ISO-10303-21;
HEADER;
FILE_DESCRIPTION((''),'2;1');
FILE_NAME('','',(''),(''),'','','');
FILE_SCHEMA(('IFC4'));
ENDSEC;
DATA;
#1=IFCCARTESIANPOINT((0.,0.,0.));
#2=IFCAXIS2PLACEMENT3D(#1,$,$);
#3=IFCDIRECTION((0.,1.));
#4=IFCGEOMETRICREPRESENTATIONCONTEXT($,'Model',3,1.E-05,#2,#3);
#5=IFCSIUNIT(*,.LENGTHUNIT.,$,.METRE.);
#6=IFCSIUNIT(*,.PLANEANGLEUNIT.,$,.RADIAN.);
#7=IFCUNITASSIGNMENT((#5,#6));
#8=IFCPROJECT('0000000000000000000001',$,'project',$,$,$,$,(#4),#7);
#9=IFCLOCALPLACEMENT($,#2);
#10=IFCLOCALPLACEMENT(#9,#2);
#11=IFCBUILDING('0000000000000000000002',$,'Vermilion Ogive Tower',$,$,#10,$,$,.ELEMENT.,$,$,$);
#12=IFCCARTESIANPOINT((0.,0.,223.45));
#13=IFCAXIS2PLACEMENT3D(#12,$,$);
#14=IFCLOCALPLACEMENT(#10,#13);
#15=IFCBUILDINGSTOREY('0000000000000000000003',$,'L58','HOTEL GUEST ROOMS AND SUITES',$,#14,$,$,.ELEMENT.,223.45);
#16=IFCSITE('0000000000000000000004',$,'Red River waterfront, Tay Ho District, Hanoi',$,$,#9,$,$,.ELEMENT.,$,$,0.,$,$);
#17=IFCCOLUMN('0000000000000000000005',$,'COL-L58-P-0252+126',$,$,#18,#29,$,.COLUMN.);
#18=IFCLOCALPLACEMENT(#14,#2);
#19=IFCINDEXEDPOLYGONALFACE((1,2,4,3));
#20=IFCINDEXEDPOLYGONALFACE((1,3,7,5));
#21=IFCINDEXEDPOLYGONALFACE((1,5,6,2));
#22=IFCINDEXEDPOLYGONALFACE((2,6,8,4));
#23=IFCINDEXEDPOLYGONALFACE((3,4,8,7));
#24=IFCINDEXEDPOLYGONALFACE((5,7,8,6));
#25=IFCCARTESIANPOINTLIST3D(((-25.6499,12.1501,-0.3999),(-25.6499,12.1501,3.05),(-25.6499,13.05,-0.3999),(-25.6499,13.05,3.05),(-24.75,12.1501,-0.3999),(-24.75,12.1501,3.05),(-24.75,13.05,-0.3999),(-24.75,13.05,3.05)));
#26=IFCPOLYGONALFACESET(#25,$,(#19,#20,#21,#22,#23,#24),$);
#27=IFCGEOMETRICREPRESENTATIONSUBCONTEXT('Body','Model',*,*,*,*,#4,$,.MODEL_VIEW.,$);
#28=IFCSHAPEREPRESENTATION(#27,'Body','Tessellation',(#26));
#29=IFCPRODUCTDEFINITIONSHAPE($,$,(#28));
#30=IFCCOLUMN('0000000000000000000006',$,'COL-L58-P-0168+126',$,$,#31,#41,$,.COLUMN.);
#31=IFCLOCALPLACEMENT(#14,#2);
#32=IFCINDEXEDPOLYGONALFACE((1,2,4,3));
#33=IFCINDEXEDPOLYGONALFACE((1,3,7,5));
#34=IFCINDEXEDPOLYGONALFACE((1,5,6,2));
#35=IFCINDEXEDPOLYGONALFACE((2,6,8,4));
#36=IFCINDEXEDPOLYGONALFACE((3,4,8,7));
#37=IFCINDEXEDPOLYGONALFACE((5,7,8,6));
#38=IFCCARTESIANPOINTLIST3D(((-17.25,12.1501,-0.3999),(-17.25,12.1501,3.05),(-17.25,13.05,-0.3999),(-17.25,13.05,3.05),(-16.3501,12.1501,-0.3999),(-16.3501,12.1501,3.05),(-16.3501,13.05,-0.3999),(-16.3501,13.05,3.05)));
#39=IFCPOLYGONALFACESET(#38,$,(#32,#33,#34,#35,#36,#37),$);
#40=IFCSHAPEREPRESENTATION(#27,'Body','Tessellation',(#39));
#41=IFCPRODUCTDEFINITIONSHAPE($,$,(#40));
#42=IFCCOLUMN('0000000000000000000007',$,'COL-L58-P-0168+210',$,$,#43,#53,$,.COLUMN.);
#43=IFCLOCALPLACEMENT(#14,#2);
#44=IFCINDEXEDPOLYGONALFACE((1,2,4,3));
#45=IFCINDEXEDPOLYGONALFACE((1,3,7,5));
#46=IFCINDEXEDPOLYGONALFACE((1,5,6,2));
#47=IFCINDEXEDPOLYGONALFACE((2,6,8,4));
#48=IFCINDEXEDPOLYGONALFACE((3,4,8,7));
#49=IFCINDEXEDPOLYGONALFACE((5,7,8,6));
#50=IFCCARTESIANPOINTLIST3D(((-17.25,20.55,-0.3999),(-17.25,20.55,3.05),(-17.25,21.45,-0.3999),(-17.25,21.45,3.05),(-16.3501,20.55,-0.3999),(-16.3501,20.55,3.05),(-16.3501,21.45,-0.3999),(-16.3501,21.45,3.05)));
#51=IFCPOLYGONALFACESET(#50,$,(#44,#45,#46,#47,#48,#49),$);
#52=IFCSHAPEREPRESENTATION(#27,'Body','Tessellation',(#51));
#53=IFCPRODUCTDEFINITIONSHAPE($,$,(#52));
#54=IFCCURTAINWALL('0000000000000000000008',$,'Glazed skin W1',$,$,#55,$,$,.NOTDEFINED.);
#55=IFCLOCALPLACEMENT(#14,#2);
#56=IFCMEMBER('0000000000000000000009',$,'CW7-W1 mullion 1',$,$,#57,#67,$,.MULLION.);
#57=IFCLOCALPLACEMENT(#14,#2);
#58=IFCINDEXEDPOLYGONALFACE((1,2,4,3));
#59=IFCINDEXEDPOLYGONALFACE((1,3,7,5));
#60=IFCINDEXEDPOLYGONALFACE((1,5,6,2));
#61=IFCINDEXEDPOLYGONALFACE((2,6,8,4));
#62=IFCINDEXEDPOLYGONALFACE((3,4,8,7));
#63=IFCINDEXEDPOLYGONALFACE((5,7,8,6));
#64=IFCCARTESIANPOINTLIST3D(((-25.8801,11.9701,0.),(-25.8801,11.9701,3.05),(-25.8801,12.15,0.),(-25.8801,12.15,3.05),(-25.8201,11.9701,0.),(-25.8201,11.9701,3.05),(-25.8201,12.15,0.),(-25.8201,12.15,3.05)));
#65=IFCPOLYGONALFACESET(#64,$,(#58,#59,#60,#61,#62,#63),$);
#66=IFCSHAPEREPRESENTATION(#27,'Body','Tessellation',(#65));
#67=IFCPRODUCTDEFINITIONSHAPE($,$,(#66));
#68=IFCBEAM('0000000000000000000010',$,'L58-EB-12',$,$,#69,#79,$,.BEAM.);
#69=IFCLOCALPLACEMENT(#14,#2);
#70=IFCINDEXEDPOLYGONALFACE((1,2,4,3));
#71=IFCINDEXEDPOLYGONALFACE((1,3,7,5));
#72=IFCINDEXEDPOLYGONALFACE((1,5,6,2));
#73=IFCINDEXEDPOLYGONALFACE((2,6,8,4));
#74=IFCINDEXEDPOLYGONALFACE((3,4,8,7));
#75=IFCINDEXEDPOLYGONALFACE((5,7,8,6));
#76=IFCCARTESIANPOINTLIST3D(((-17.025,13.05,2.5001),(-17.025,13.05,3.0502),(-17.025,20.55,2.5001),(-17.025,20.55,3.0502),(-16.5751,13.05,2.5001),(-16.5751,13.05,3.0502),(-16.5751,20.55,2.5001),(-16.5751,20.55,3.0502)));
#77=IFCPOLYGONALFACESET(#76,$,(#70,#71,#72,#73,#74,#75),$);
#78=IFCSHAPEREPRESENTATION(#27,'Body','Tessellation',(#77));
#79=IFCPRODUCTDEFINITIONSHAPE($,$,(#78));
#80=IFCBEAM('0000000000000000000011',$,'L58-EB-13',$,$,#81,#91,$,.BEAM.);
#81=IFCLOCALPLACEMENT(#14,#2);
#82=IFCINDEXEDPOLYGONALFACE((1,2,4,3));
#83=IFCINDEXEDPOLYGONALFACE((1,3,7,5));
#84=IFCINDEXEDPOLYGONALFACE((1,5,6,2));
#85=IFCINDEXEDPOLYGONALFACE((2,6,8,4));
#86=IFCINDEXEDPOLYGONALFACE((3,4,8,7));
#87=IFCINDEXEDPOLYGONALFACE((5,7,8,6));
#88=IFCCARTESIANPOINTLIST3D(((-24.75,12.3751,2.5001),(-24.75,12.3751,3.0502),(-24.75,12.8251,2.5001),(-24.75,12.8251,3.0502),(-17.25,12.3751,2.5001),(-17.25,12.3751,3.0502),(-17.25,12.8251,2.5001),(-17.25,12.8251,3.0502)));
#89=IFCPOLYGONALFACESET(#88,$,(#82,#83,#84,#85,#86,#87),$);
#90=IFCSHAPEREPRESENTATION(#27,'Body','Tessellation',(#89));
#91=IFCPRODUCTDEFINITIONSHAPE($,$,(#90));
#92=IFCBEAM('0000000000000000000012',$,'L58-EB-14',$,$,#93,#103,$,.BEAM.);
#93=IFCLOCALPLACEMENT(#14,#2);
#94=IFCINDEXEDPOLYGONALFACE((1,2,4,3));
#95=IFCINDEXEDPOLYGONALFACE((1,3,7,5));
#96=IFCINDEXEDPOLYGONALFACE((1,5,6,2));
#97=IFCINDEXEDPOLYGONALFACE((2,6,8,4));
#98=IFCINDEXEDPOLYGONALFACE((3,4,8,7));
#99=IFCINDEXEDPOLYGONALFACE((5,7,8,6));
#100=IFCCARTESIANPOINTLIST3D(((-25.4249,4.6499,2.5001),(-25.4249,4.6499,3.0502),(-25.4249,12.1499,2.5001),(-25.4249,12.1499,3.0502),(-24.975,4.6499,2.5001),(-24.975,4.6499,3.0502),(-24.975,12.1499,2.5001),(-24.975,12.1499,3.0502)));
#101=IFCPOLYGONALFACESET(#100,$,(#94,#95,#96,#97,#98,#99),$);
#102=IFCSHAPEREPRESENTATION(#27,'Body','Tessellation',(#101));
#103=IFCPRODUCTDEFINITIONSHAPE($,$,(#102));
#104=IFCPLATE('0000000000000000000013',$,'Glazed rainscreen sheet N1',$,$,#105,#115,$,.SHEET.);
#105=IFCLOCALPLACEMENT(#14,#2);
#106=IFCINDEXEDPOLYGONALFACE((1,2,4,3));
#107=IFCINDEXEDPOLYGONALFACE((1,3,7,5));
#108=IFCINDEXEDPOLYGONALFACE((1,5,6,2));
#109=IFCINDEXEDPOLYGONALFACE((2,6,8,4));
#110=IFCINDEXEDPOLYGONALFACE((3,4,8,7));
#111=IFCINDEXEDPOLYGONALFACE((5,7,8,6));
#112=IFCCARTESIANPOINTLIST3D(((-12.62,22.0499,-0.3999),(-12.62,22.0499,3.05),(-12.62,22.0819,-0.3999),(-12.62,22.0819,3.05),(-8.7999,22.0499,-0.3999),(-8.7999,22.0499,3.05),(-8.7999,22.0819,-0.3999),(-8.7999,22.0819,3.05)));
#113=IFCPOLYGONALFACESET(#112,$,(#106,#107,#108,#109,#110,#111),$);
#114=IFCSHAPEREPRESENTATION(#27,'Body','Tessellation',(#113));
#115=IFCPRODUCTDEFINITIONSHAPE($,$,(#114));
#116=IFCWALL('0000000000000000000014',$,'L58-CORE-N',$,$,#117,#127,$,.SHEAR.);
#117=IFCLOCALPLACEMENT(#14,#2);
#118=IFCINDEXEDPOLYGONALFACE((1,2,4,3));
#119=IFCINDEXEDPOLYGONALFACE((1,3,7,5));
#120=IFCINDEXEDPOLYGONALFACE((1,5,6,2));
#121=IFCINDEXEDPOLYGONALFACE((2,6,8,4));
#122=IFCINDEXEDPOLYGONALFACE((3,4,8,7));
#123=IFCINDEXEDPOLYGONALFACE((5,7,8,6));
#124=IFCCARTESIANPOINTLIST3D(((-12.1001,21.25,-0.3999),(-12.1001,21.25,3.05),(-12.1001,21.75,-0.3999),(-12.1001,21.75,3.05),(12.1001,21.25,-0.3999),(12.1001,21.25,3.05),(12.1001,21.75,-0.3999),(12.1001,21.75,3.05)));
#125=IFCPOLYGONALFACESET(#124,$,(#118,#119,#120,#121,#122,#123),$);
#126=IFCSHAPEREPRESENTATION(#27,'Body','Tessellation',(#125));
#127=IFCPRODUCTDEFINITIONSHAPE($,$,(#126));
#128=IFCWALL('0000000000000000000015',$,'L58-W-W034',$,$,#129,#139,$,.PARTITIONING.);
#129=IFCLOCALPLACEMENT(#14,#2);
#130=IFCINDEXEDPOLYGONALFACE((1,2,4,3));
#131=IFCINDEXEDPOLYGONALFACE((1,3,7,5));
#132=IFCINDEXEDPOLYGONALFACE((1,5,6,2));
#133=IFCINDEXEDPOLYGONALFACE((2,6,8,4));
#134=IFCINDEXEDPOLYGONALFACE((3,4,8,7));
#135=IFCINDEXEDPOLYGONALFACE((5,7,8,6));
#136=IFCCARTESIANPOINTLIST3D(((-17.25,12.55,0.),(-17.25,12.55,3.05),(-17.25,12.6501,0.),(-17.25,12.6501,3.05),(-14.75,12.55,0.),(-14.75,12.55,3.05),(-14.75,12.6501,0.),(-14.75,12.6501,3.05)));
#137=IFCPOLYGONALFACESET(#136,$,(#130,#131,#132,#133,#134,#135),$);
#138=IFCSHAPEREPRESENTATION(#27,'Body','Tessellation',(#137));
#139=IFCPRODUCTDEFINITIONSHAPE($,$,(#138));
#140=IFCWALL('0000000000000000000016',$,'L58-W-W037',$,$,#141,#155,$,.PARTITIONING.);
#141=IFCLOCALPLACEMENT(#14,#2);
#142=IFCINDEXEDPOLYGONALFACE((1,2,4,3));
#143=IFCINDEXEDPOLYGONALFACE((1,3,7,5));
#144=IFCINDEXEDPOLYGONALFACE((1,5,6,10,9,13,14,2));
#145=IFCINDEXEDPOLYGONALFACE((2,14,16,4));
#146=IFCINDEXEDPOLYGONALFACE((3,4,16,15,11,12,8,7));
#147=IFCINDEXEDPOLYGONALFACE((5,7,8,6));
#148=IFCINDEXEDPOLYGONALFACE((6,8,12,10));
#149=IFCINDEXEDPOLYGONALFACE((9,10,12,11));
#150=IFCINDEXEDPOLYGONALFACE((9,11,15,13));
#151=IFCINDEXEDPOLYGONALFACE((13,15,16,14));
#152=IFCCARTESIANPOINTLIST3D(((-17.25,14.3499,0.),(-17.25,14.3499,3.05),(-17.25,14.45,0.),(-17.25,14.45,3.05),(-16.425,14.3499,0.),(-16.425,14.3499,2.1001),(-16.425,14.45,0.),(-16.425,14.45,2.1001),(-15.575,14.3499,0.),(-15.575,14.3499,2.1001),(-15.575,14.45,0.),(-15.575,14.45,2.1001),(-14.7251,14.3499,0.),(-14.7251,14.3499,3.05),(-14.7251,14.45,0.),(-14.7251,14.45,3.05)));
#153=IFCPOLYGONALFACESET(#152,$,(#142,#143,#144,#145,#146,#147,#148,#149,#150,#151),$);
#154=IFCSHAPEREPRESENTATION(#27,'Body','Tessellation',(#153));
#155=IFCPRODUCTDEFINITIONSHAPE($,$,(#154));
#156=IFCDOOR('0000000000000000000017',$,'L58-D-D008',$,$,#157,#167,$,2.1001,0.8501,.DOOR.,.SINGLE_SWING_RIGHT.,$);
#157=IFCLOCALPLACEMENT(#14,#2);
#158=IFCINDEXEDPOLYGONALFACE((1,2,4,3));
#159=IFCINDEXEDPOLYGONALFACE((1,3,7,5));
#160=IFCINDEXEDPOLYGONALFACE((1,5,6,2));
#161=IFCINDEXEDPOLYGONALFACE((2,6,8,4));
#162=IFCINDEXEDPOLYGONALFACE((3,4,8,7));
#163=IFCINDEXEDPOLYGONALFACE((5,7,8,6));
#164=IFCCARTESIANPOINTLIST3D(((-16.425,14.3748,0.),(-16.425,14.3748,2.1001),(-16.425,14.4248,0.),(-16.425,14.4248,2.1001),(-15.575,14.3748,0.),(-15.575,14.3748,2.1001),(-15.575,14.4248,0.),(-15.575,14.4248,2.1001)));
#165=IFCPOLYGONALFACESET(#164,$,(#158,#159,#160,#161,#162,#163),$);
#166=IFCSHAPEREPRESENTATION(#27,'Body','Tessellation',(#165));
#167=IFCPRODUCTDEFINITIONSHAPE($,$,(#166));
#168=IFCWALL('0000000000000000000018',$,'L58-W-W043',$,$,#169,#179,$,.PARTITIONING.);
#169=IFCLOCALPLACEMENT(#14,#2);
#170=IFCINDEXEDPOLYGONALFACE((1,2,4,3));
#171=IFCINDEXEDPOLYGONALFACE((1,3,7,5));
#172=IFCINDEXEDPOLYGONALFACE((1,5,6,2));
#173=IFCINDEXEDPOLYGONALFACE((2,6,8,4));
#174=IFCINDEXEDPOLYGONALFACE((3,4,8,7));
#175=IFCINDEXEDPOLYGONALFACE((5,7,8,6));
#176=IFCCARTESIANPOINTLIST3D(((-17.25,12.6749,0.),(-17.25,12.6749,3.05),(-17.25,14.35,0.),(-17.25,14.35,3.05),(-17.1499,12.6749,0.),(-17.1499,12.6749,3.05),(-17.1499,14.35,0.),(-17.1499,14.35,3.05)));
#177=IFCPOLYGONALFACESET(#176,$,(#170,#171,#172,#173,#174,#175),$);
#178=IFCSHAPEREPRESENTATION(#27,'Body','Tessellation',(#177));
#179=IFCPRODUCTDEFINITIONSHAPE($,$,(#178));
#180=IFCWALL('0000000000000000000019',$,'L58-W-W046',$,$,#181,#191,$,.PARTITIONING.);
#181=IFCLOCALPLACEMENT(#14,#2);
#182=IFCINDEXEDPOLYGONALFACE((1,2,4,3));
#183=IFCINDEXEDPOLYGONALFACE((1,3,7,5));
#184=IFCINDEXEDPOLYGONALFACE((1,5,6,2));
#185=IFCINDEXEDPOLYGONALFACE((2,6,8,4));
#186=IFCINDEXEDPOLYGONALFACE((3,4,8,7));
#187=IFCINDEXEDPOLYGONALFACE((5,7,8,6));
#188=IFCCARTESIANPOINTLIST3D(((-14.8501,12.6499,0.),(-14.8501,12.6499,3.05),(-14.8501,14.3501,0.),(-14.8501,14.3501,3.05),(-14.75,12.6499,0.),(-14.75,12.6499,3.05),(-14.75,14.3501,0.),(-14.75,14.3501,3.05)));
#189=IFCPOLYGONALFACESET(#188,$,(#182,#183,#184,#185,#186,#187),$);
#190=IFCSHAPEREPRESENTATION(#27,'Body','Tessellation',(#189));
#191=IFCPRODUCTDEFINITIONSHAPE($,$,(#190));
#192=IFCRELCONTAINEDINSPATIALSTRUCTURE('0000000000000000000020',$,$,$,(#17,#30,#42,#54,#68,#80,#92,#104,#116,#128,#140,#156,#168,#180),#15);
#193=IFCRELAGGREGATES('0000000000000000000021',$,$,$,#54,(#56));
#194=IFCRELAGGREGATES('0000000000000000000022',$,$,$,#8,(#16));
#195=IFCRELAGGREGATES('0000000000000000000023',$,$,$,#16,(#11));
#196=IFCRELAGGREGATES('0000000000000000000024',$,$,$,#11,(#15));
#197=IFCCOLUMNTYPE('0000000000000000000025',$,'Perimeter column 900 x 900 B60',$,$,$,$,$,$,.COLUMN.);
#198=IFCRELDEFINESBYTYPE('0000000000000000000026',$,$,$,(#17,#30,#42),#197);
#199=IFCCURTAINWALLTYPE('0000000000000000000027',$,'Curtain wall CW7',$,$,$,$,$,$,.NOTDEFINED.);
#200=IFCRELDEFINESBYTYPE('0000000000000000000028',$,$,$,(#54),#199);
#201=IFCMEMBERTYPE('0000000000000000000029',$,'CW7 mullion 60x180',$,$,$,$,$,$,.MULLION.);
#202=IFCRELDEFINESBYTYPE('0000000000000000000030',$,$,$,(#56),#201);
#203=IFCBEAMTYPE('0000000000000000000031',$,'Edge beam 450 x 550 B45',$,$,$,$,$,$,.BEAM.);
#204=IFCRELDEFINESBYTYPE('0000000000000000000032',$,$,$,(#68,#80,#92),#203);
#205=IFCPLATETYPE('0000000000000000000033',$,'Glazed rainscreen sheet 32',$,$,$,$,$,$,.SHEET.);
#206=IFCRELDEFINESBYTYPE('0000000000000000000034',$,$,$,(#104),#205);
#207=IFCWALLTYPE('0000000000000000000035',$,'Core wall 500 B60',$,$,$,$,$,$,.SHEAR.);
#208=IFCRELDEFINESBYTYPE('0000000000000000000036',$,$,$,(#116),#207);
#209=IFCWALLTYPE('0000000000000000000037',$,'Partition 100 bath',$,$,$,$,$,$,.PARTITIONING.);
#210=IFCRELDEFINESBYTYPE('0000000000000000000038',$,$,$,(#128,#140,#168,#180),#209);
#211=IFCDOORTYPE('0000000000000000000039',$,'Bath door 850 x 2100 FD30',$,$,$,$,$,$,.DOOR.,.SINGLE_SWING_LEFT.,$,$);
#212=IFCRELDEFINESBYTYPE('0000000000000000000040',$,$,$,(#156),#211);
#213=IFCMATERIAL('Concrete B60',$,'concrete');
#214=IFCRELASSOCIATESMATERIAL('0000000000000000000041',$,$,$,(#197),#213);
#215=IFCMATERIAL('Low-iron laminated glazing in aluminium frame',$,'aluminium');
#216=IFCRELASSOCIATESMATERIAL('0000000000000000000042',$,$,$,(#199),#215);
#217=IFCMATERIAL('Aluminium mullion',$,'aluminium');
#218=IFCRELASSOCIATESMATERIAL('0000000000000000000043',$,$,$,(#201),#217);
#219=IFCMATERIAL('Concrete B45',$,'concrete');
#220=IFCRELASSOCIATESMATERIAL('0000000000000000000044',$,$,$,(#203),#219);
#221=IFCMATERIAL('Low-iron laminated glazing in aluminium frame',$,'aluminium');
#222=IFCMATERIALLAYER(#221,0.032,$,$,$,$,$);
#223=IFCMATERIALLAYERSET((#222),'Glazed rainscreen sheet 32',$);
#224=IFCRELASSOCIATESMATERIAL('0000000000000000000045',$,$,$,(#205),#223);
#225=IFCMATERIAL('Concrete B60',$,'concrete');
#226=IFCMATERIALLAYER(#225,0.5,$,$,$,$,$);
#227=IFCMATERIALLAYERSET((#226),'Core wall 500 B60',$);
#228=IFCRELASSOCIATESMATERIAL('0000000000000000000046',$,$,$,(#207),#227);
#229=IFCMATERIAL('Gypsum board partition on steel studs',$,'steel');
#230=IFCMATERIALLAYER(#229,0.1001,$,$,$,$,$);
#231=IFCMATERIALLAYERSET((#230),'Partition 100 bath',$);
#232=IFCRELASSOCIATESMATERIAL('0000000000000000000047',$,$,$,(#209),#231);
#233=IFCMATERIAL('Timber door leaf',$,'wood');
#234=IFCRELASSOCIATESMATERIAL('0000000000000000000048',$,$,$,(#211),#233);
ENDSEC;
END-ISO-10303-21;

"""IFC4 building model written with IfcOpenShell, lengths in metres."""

from ifc_helpers import new_model, si_unit, direction, frame, frame_2d, origin, origin_2d, place, context, subcontext, project, spatial, rectangle, extrude, material, layer, layer_set, material_profile, profile_set, type_object, element, fill, aggregate, save


model = new_model("IFC4")

# Units and contexts
model_context = context("Model", 3, precision=1e-05, world=origin(), true_north=direction((0.0, 1.0)))
body_context = subcontext(model_context, "Body", "Model", "MODEL_VIEW")
ifc_project = project(units=[si_unit("LENGTHUNIT", "METRE"), si_unit("PLANEANGLEUNIT", "RADIAN")], contexts=[model_context])

# Site, building, storey
site_placement = place(None, origin())
site = spatial("IfcSite", under=ifc_project, at=site_placement, Name="Red River waterfront, Tay Ho District, Hanoi", CompositionType="ELEMENT", RefElevation=0.0)
building_placement = place(site_placement, origin())
building = spatial("IfcBuilding", under=site, at=building_placement, Name="Vermilion Ogive Tower", CompositionType="ELEMENT")
storey_placement = place(building_placement, frame((0.0, 0.0, 223.45)))
storey = spatial("IfcBuildingStorey", under=building, at=storey_placement, Name="L58", Description="HOTEL GUEST ROOMS AND SUITES", CompositionType="ELEMENT", Elevation=223.45)

# Columns
ifc_material_1 = material(Name="Concrete B60", Category="concrete")
ifc_material_profile_1 = material_profile(ifc_material_1, rectangle(XDim=0.8999, YDim=0.8999, at=origin_2d()), Name="900 x 900")
ifc_profile_set_1 = profile_set([ifc_material_profile_1], Name="Concrete B60")
column_type = type_object("IfcColumnType", Name="Perimeter column 900 x 900 B60", PredefinedType="COLUMN", material=ifc_profile_set_1)
for number, where, z_axis, x_axis, name in (
    (1, (-25.2, 12.6001, -0.3999), (0.0, 0.0, 1.0), (1.0, 0.0, 0.0), "COL-L58-P-0252+126"),
    (2, (-16.8, 12.6001, -0.3999), (0.0, 0.0, 1.0), (1.0, 0.0, 0.0), "COL-L58-P-0168+126"),
    (3, (-16.8, 21.0, -0.3999), (0.0, 0.0, 1.0), (1.0, 0.0, 0.0), "COL-L58-P-0168+210"),
):
    element("IfcColumn", number, at=place(storey_placement, frame(where, z_axis=z_axis, x_axis=x_axis)), inside=storey, type_object=column_type, Name=name, PredefinedType="COLUMN", context=body_context, shape_type="SweptSolid", body=[
        extrude(rectangle(XDim=0.8999, YDim=0.8999, at=origin_2d()), origin(), (0.0, 0.0, 1.0), 3.45),
    ])

# Curtain wall, member
ifc_material_2 = material(Name="Low-iron laminated glazing in aluminium frame", Category="aluminium")
curtain_wall_type = type_object("IfcCurtainWallType", Name="Curtain wall CW7", PredefinedType="NOTDEFINED", material=ifc_material_2)
curtain_wall_placement = place(storey_placement, origin())
curtain_wall = element("IfcCurtainWall", 4, at=curtain_wall_placement, inside=storey, type_object=curtain_wall_type, Name="Glazed skin W1", PredefinedType="NOTDEFINED")
ifc_material_3 = material(Name="Aluminium mullion", Category="aluminium")
ifc_material_profile_2 = material_profile(ifc_material_3, rectangle(XDim=0.0601, YDim=0.1799, at=origin_2d()), Name="AL 60x180")
ifc_profile_set_2 = profile_set([ifc_material_profile_2], Name="Aluminium mullion")
member_type = type_object("IfcMemberType", Name="CW7 mullion 60x180", PredefinedType="MULLION", material=ifc_profile_set_2)
member_placement = place(storey_placement, frame((-25.8501, 12.0601, 0.0), z_axis=(0.0, 0.0, 1.0), x_axis=(1.0, 0.0, 0.0)))
member = element("IfcMember", 5, at=member_placement, type_object=member_type, Name="CW7-W1 mullion 1", PredefinedType="MULLION", context=body_context, shape_type="SweptSolid", body=[
    extrude(rectangle(XDim=0.0601, YDim=0.1799, at=origin_2d()), origin(), (0.0, 0.0, 1.0), 3.05),
])
aggregate(curtain_wall, [member])

# Beams
ifc_material_4 = material(Name="Concrete B45", Category="concrete")
ifc_material_profile_3 = material_profile(ifc_material_4, rectangle(XDim=0.45, YDim=0.55, at=origin_2d()), Name="450 x 550")
ifc_profile_set_3 = profile_set([ifc_material_profile_3], Name="Concrete B45")
beam_type = type_object("IfcBeamType", Name="Edge beam 450 x 550 B45", PredefinedType="BEAM", material=ifc_profile_set_3)
for number, where, z_axis, x_axis, name in (
    (6, (-16.8, 20.55, 2.7751), (0.0, -1.0, 0.0), (1.0, 0.0, 0.0), "L58-EB-12"),
    (7, (-17.25, 12.6001, 2.7751), (-1.0, 0.0, 0.0), (0.0, -1.0, 0.0), "L58-EB-13"),
    (8, (-25.2, 12.1499, 2.7751), (0.0, -1.0, 0.0), (1.0, 0.0, 0.0), "L58-EB-14"),
):
    element("IfcBeam", number, at=place(storey_placement, frame(where, z_axis=z_axis, x_axis=x_axis)), inside=storey, type_object=beam_type, Name=name, PredefinedType="BEAM", context=body_context, shape_type="SweptSolid", body=[
        extrude(rectangle(XDim=0.45, YDim=0.55, at=origin_2d()), origin(), (0.0, 0.0, 1.0), 7.5),
    ])

# Plate
ifc_material_5 = material(Name="Low-iron laminated glazing in aluminium frame", Category="aluminium")
ifc_layer_1 = layer(ifc_material_5, 0.032)
ifc_layer_set_1 = layer_set([ifc_layer_1], Name="Glazed rainscreen sheet 32")
plate_type = type_object("IfcPlateType", Name="Glazed rainscreen sheet 32", PredefinedType="SHEET", material=ifc_layer_set_1)
plate_placement = place(storey_placement, frame((-10.71, 22.0659, -0.3999), z_axis=(0.0, 0.0, 1.0), x_axis=(1.0, 0.0, 0.0)))
element("IfcPlate", 9, at=plate_placement, inside=storey, type_object=plate_type, Name="Glazed rainscreen sheet N1", PredefinedType="SHEET", context=body_context, shape_type="SweptSolid", body=[
    extrude(rectangle(XDim=3.8201, YDim=0.032, at=origin_2d()), origin(), (0.0, 0.0, 1.0), 3.45),
])

# Walls
ifc_material_6 = material(Name="Concrete B60", Category="concrete")
ifc_layer_2 = layer(ifc_material_6, 0.5)
ifc_layer_set_2 = layer_set([ifc_layer_2], Name="Core wall 500 B60")
wall_type_1 = type_object("IfcWallType", Name="Core wall 500 B60", PredefinedType="SHEAR", material=ifc_layer_set_2)
wall_1_placement = place(storey_placement, frame((-12.1001, 21.5, -0.3999), z_axis=(0.0, 0.0, 1.0), x_axis=(1.0, 0.0, 0.0)))
element("IfcWall", 10, at=wall_1_placement, inside=storey, type_object=wall_type_1, Name="L58-CORE-N", PredefinedType="SHEAR", context=body_context, shape_type="SweptSolid", body=[
    extrude(rectangle(XDim=24.2002, YDim=0.5, at=frame_2d((12.1001, 0.0))), origin(), (0.0, 0.0, 1.0), 3.45),
])
ifc_material_7 = material(Name="Gypsum board partition on steel studs", Category="steel")
ifc_layer_3 = layer(ifc_material_7, 0.1001)
ifc_layer_set_3 = layer_set([ifc_layer_3], Name="Partition 100 bath")
wall_type_2 = type_object("IfcWallType", Name="Partition 100 bath", PredefinedType="PARTITIONING", material=ifc_layer_set_3)
wall_2_placement = place(storey_placement, frame((-17.25, 12.6001, 0.0), z_axis=(0.0, 0.0, 1.0), x_axis=(1.0, 0.0, 0.0)))
element("IfcWall", 11, at=wall_2_placement, inside=storey, type_object=wall_type_2, Name="L58-W-W034", PredefinedType="PARTITIONING", context=body_context, shape_type="SweptSolid", body=[
    extrude(rectangle(XDim=2.5, YDim=0.1001, at=frame_2d((1.25, 0.0))), origin(), (0.0, 0.0, 1.0), 3.05),
])

# Wall, opening, door
wall_3_placement = place(storey_placement, frame((-17.25, 14.3999, 0.0), z_axis=(0.0, 0.0, 1.0), x_axis=(1.0, 0.0, 0.0)))
wall_3 = element("IfcWall", 12, at=wall_3_placement, inside=storey, type_object=wall_type_2, Name="L58-W-W037", PredefinedType="PARTITIONING", context=body_context, shape_type="SweptSolid", body=[
    extrude(rectangle(XDim=2.5249, YDim=0.1001, at=frame_2d((1.2625, 0.0))), origin(), (0.0, 0.0, 1.0), 3.05),
])
opening_1_placement = place(wall_3_placement, frame((0.825, 0.0, 0.0)))
opening_1 = element("IfcOpeningElement", 13, at=opening_1_placement, cuts=wall_3, PredefinedType="OPENING", context=body_context, shape_type="SweptSolid", body=[
    extrude(rectangle(XDim=0.8501, YDim=2.1001, at=frame_2d((0.425, 1.05))), frame((0.0, 0.0601, 0.0), z_axis=(0.0, -1.0, 0.0), x_axis=(1.0, 0.0, 0.0)), (0.0, 0.0, 1.0), 0.1201),
])
ifc_material_8 = material(Name="Timber door leaf", Category="wood")
door_type_1 = type_object("IfcDoorType", Name="Bath door 850 x 2100 FD30", OperationType="SINGLE_SWING_LEFT", PredefinedType="DOOR", material=ifc_material_8)
door_1_placement = place(opening_1_placement, origin())
door_1 = element("IfcDoor", 14, at=door_1_placement, inside=storey, type_object=door_type_1, Name="L58-D-D008", OperationType="SINGLE_SWING_RIGHT", OverallHeight=2.1001, OverallWidth=0.8501, PredefinedType="DOOR", context=body_context, shape_type="SweptSolid", body=[
    extrude(rectangle(XDim=0.8501, YDim=2.1001, at=frame_2d((0.425, 1.05))), frame((0.0, 0.0249, 0.0), z_axis=(0.0, -1.0, 0.0), x_axis=(1.0, 0.0, 0.0)), (0.0, 0.0, 1.0), 0.05),
])
fill(opening_1, door_1)

# Walls
wall_4_placement = place(storey_placement, frame((-17.2, 12.675, 0.0), z_axis=(0.0, 0.0, 1.0), x_axis=(0.0, 1.0, 0.0)))
element("IfcWall", 15, at=wall_4_placement, inside=storey, type_object=wall_type_2, Name="L58-W-W043", PredefinedType="PARTITIONING", context=body_context, shape_type="SweptSolid", body=[
    extrude(rectangle(XDim=1.675, YDim=0.1001, at=frame_2d((0.8374, 0.0))), origin(), (0.0, 0.0, 1.0), 3.05),
])
wall_5_placement = place(storey_placement, frame((-14.8, 12.6499, 0.0), z_axis=(0.0, 0.0, 1.0), x_axis=(0.0, 1.0, 0.0)))
element("IfcWall", 16, at=wall_5_placement, inside=storey, type_object=wall_type_2, Name="L58-W-W046", PredefinedType="PARTITIONING", context=body_context, shape_type="SweptSolid", body=[
    extrude(rectangle(XDim=1.7002, YDim=0.1001, at=frame_2d((0.8501, 0.0))), origin(), (0.0, 0.0, 1.0), 3.05),
])

save(model, "model.ifc")
